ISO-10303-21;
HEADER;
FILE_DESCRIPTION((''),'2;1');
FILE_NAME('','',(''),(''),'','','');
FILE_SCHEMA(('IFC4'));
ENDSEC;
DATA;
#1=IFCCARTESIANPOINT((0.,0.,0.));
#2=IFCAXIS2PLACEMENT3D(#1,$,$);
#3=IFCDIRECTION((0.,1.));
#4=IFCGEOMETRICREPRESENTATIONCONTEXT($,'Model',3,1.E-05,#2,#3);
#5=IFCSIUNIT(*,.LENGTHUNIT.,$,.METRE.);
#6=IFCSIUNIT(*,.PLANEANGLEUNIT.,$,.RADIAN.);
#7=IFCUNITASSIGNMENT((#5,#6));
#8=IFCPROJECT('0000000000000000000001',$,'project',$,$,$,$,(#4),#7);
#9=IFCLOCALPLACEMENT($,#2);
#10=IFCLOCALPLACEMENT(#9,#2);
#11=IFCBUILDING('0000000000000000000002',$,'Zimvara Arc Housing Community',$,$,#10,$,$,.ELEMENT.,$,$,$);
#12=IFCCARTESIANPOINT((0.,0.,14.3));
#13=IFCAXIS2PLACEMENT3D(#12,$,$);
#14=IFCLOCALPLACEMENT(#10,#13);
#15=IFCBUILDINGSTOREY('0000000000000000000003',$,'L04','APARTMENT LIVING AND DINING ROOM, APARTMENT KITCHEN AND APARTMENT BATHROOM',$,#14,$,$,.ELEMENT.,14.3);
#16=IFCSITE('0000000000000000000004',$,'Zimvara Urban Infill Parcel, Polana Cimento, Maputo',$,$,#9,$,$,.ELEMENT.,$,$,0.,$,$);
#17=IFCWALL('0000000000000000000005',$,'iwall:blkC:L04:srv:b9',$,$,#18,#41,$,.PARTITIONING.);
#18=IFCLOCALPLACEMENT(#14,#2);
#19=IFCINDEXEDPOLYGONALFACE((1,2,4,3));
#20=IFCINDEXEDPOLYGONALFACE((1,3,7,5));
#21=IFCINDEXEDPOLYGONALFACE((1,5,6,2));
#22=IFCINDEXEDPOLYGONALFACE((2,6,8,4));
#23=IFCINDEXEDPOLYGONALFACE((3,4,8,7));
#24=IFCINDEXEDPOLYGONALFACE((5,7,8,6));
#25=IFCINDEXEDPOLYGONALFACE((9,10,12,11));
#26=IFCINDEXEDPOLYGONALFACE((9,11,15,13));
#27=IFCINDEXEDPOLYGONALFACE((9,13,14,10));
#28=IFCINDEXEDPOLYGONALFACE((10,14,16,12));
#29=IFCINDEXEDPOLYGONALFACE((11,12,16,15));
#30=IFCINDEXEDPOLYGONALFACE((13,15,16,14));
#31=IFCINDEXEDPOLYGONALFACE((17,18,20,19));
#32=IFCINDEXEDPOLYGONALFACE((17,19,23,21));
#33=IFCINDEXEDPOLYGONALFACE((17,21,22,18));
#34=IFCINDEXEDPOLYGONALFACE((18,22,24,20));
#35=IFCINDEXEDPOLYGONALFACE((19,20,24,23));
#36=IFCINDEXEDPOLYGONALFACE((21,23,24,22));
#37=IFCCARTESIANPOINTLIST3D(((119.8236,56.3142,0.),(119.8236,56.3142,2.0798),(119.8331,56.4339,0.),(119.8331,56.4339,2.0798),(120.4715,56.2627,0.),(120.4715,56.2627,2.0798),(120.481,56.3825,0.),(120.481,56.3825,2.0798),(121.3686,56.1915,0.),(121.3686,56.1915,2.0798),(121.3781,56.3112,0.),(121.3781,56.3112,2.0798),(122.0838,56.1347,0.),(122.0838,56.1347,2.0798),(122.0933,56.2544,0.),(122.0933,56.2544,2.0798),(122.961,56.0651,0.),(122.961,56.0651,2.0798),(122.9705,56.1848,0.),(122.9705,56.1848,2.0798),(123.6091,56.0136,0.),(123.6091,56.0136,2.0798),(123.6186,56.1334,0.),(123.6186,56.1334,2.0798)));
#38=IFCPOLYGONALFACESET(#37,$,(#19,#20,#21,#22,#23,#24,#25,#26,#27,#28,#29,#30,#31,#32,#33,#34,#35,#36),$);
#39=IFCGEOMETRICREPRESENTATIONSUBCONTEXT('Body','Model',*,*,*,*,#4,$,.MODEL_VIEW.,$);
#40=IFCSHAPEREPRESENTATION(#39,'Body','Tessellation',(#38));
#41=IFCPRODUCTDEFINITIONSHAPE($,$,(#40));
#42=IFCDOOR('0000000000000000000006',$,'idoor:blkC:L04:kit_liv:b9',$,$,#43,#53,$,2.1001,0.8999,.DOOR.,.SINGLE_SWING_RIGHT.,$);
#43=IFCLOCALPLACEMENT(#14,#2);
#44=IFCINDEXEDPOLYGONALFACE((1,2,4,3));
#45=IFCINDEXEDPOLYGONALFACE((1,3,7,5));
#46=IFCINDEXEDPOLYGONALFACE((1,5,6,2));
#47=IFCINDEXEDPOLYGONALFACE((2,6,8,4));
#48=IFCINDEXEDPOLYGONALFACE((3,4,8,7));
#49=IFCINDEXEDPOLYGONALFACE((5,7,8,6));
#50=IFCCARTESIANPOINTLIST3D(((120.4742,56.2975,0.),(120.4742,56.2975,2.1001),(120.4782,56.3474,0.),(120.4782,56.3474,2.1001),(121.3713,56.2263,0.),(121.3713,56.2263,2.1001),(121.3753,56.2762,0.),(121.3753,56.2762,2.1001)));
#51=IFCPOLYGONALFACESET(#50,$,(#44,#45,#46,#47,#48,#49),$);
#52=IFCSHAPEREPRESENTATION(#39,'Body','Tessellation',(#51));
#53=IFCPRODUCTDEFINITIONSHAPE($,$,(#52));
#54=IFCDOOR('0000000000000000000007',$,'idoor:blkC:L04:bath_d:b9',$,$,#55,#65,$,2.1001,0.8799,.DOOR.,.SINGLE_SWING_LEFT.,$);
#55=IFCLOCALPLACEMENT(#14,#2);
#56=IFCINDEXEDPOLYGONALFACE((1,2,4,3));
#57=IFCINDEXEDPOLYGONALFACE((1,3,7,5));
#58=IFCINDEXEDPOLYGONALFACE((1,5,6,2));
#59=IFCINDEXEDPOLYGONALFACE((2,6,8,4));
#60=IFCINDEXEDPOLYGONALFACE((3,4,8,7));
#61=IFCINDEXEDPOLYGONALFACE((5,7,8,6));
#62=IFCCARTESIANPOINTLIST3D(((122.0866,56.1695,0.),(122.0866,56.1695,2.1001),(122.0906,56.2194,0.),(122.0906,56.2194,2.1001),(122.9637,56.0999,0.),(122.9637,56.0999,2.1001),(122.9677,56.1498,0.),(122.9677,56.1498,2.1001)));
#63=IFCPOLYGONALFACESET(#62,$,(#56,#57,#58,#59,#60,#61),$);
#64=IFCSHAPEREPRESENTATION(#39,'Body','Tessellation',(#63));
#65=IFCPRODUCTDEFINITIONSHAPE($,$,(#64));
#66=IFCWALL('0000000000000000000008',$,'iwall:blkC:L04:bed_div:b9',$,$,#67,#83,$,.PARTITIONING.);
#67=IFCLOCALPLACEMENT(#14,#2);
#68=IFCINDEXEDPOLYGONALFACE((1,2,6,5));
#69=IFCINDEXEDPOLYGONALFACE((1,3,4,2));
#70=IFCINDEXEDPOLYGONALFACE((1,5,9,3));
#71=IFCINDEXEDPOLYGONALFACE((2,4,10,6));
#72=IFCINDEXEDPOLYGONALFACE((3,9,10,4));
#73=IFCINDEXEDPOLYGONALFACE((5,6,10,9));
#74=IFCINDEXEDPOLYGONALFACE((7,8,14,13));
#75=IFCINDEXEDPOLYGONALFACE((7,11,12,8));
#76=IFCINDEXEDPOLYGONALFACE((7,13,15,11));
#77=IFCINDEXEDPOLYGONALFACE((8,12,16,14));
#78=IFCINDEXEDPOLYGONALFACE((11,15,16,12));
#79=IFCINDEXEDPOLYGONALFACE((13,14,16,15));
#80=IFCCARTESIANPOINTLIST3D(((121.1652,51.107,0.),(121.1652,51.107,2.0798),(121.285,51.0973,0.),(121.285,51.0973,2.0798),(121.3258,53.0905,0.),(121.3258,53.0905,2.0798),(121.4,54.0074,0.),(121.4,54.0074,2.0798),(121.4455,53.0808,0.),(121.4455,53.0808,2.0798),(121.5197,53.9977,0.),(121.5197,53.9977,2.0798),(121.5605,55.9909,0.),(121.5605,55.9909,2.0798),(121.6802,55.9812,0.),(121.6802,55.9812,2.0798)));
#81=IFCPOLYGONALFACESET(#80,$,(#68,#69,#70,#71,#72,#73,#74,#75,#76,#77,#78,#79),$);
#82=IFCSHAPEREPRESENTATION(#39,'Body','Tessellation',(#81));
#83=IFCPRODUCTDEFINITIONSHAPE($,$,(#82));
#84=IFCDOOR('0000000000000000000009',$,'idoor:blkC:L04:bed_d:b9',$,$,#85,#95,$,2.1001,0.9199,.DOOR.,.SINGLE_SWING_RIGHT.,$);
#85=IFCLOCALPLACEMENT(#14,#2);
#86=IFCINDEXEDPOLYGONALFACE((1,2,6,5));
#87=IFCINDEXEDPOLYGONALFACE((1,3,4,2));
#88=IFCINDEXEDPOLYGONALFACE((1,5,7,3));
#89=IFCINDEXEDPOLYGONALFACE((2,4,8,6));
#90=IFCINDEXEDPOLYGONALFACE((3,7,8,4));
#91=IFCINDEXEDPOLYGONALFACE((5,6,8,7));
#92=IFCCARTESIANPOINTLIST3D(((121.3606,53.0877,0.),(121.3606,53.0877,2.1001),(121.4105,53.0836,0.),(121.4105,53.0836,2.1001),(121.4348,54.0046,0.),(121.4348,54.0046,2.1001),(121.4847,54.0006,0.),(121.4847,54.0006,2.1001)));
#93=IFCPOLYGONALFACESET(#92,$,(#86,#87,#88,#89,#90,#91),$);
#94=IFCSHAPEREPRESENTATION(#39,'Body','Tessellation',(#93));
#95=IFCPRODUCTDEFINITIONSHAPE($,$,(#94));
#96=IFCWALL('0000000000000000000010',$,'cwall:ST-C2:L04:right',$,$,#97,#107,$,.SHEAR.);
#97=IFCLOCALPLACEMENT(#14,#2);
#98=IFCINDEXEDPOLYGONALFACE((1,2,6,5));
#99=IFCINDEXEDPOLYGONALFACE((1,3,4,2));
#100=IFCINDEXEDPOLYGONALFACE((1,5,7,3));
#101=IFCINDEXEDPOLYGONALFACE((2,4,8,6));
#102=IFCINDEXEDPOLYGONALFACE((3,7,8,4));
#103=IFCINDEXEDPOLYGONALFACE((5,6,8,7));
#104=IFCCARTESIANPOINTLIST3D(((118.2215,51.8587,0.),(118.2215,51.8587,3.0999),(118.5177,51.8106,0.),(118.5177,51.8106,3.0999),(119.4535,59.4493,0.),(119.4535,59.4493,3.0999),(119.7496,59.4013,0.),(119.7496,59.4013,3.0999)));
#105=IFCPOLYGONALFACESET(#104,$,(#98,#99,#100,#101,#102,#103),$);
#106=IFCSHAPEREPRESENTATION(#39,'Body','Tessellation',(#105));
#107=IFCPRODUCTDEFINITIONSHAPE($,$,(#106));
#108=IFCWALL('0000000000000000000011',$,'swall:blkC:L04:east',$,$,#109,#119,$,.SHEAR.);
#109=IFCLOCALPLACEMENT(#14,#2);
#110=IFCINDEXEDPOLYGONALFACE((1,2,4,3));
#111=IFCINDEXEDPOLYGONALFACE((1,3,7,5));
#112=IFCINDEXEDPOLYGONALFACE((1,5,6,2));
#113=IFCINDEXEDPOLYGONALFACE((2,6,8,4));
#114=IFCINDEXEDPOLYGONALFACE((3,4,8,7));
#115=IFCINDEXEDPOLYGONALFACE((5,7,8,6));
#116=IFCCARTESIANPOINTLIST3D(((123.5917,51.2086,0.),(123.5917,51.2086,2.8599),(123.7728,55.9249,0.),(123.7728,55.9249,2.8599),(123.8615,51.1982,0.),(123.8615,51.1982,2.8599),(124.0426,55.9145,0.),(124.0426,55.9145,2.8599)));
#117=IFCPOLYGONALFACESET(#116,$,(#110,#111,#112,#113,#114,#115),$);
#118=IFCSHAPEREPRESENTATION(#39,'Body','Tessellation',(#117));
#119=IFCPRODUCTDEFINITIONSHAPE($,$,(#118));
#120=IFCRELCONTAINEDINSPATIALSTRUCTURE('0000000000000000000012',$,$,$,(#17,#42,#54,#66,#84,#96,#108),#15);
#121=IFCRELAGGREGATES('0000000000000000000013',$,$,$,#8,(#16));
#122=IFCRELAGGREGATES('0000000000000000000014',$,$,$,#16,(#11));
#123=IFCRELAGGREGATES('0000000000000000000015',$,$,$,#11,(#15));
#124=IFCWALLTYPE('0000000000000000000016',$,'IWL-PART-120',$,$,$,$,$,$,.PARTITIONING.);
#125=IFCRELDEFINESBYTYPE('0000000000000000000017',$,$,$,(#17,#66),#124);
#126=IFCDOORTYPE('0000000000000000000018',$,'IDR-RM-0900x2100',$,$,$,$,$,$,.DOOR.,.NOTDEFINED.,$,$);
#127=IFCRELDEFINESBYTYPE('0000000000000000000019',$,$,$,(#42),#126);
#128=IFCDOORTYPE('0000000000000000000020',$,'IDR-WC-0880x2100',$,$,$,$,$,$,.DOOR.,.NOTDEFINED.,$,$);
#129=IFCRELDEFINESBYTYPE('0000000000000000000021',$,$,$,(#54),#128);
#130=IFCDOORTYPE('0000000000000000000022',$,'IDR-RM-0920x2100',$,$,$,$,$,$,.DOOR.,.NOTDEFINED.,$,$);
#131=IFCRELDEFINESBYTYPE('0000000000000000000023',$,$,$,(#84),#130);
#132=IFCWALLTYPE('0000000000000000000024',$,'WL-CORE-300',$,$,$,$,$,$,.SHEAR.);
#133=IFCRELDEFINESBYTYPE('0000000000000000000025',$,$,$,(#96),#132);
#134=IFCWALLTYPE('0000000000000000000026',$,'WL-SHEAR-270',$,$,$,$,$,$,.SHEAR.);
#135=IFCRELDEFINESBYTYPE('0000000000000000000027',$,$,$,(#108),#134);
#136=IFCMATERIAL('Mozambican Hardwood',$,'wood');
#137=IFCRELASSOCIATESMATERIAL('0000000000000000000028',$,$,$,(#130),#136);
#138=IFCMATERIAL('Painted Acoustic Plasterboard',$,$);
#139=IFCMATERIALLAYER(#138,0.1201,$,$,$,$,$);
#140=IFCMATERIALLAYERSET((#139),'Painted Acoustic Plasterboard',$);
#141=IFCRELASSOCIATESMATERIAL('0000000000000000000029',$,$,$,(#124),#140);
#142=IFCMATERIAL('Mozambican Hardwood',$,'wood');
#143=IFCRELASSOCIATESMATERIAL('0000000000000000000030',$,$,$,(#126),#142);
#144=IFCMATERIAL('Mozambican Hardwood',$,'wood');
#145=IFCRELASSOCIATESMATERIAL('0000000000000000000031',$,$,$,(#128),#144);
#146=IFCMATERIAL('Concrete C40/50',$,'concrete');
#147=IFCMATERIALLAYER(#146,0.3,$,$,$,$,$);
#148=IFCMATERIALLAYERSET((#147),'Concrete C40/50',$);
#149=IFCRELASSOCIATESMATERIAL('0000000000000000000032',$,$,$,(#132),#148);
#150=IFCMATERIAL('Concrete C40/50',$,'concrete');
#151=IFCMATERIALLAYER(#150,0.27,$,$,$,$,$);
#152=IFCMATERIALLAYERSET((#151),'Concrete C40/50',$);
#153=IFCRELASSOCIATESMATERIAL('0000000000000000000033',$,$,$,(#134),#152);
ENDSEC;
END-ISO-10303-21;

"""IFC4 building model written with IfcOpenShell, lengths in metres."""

from ifc_helpers import new_model, si_unit, direction, frame, frame_2d, origin, place, context, subcontext, project, spatial, rectangle, extrude, material, layer, layer_set, type_object, element, fill, save


model = new_model("IFC4")

# Units and contexts
model_context = context("Model", 3, precision=1e-05, world=origin(), true_north=direction((0.0, 1.0)))
body_context = subcontext(model_context, "Body", "Model", "MODEL_VIEW")
ifc_project = project(units=[si_unit("LENGTHUNIT", "METRE"), si_unit("PLANEANGLEUNIT", "RADIAN")], contexts=[model_context])

# Site, building, storey
site_placement = place(None, origin())
site = spatial("IfcSite", under=ifc_project, at=site_placement, Name="Zimvara Urban Infill Parcel, Polana Cimento, Maputo", CompositionType="ELEMENT", RefElevation=0.0)
building_placement = place(site_placement, origin())
building = spatial("IfcBuilding", under=site, at=building_placement, Name="Zimvara Arc Housing Community", CompositionType="ELEMENT")
storey_placement = place(building_placement, frame((0.0, 0.0, 14.3)))
storey = spatial("IfcBuildingStorey", under=building, at=storey_placement, Name="L04", Description="APARTMENT LIVING AND DINING ROOM, APARTMENT KITCHEN AND APARTMENT BATHROOM", CompositionType="ELEMENT", Elevation=14.3)

# Shared definitions
ifc_material_1 = material(Name="Mozambican Hardwood", Category="wood")
door_type_1 = type_object("IfcDoorType", Name="IDR-RM-0920x2100", OperationType="NOTDEFINED", PredefinedType="DOOR", material=ifc_material_1)

# Wall, openings, doors
ifc_material_2 = material(Name="Painted Acoustic Plasterboard")
ifc_layer_1 = layer(ifc_material_2, 0.1201)
ifc_layer_set_1 = layer_set([ifc_layer_1], Name="Painted Acoustic Plasterboard")
wall_type_1 = type_object("IfcWallType", Name="IWL-PART-120", PredefinedType="PARTITIONING", material=ifc_layer_set_1)
wall_1_placement = place(storey_placement, frame((119.8284, 56.374, 0.0), z_axis=(0.0, 0.0, 1.0), x_axis=(0.996863, -0.079145, 0.0)))
wall_1 = element("IfcWall", 1, at=wall_1_placement, inside=storey, type_object=wall_type_1, Name="iwall:blkC:L04:srv:b9", PredefinedType="PARTITIONING", context=body_context, shape_type="SweptSolid", body=[
    extrude(rectangle(XDim=3.7974, YDim=0.1201, at=frame_2d((1.8987, 0.0))), origin(), (0.0, 0.0, 1.0), 2.0798),
])
opening_1_placement = place(wall_1_placement, frame((0.6499, 0.0, 0.0)))
opening_1 = element("IfcOpeningElement", 2, at=opening_1_placement, cuts=wall_1, PredefinedType="OPENING", context=body_context, shape_type="SweptSolid", body=[
    extrude(rectangle(XDim=0.8999, YDim=2.1001, at=frame_2d((0.45, 1.05))), frame((0.0, 0.0701, 0.0), z_axis=(0.0, -1.0, 0.0), x_axis=(1.0, 0.0, 0.0)), (0.0, 0.0, 1.0), 0.1401),
])
opening_2_placement = place(wall_1_placement, frame((2.2673, 0.0, 0.0)))
opening_2 = element("IfcOpeningElement", 3, at=opening_2_placement, cuts=wall_1, PredefinedType="OPENING", context=body_context, shape_type="SweptSolid", body=[
    extrude(rectangle(XDim=0.8799, YDim=2.1001, at=frame_2d((0.4399, 1.05))), frame((0.0, 0.0701, 0.0), z_axis=(0.0, -1.0, 0.0), x_axis=(1.0, 0.0, 0.0)), (0.0, 0.0, 1.0), 0.1401),
])
ifc_material_3 = material(Name="Mozambican Hardwood", Category="wood")
door_type_2 = type_object("IfcDoorType", Name="IDR-RM-0900x2100", OperationType="NOTDEFINED", PredefinedType="DOOR", material=ifc_material_3)
door_1_placement = place(opening_1_placement, origin())
door_1 = element("IfcDoor", 4, at=door_1_placement, inside=storey, type_object=door_type_2, Name="idoor:blkC:L04:kit_liv:b9", OperationType="SINGLE_SWING_RIGHT", OverallHeight=2.1001, OverallWidth=0.8999, PredefinedType="DOOR", context=body_context, shape_type="SweptSolid", body=[
    extrude(rectangle(XDim=0.8999, YDim=2.1001, at=frame_2d((0.45, 1.05))), frame((0.0, 0.0249, 0.0), z_axis=(0.0, -1.0, 0.0), x_axis=(1.0, 0.0, 0.0)), (0.0, 0.0, 1.0), 0.05),
])
fill(opening_1, door_1)
ifc_material_4 = material(Name="Mozambican Hardwood", Category="wood")
door_type_3 = type_object("IfcDoorType", Name="IDR-WC-0880x2100", OperationType="NOTDEFINED", PredefinedType="DOOR", material=ifc_material_4)
door_2_placement = place(opening_2_placement, origin())
door_2 = element("IfcDoor", 5, at=door_2_placement, inside=storey, type_object=door_type_3, Name="idoor:blkC:L04:bath_d:b9", OperationType="SINGLE_SWING_LEFT", OverallHeight=2.1001, OverallWidth=0.8799, PredefinedType="DOOR", context=body_context, shape_type="SweptSolid", body=[
    extrude(rectangle(XDim=0.8799, YDim=2.1001, at=frame_2d((0.4399, 1.05))), frame((0.0, 0.0249, 0.0), z_axis=(0.0, -1.0, 0.0), x_axis=(1.0, 0.0, 0.0)), (0.0, 0.0, 1.0), 0.05),
])
fill(opening_2, door_2)

# Wall, opening, door
wall_2_placement = place(storey_placement, frame((121.6204, 55.9861, 0.0), z_axis=(0.0, 0.0, 1.0), x_axis=(-0.080666, -0.996741, 0.0)))
wall_2 = element("IfcWall", 6, at=wall_2_placement, inside=storey, type_object=wall_type_1, Name="iwall:blkC:L04:bed_div:b9", PredefinedType="PARTITIONING", context=body_context, shape_type="SweptSolid", body=[
    extrude(rectangle(XDim=4.8999, YDim=0.1201, at=frame_2d((2.45, 0.0))), origin(), (0.0, 0.0, 1.0), 2.0798),
])
opening_3_placement = place(wall_2_placement, frame((1.99, 0.0, 0.0)))
opening_3 = element("IfcOpeningElement", 7, at=opening_3_placement, cuts=wall_2, PredefinedType="OPENING", context=body_context, shape_type="SweptSolid", body=[
    extrude(rectangle(XDim=0.9199, YDim=2.1001, at=frame_2d((0.46, 1.05))), frame((0.0, 0.0701, 0.0), z_axis=(0.0, -1.0, 0.0), x_axis=(1.0, 0.0, 0.0)), (0.0, 0.0, 1.0), 0.1401),
])
door_3_placement = place(opening_3_placement, origin())
door_3 = element("IfcDoor", 8, at=door_3_placement, inside=storey, type_object=door_type_1, Name="idoor:blkC:L04:bed_d:b9", OperationType="SINGLE_SWING_RIGHT", OverallHeight=2.1001, OverallWidth=0.9199, PredefinedType="DOOR", context=body_context, shape_type="SweptSolid", body=[
    extrude(rectangle(XDim=0.9199, YDim=2.1001, at=frame_2d((0.46, 1.05))), frame((0.0, 0.0249, 0.0), z_axis=(0.0, -1.0, 0.0), x_axis=(1.0, 0.0, 0.0)), (0.0, 0.0, 1.0), 0.05),
])
fill(opening_3, door_3)

# Walls
ifc_material_5 = material(Name="Concrete C40/50", Category="concrete")
ifc_layer_2 = layer(ifc_material_5, 0.3)
ifc_layer_set_2 = layer_set([ifc_layer_2], Name="Concrete C40/50")
wall_type_2 = type_object("IfcWallType", Name="WL-CORE-300", PredefinedType="SHEAR", material=ifc_layer_set_2)
wall_3_placement = place(storey_placement, frame((119.6016, 59.4253, 0.0), z_axis=(0.0, 0.0, 1.0), x_axis=(-0.160202, -0.987084, 0.0)))
element("IfcWall", 9, at=wall_3_placement, inside=storey, type_object=wall_type_2, Name="cwall:ST-C2:L04:right", PredefinedType="SHEAR", context=body_context, shape_type="SweptSolid", body=[
    extrude(rectangle(XDim=7.6899, YDim=0.3, at=frame_2d((3.845, 0.0))), origin(), (0.0, 0.0, 1.0), 3.0999),
])
ifc_material_6 = material(Name="Concrete C40/50", Category="concrete")
ifc_layer_3 = layer(ifc_material_6, 0.27)
ifc_layer_set_3 = layer_set([ifc_layer_3], Name="Concrete C40/50")
wall_type_3 = type_object("IfcWallType", Name="WL-SHEAR-270", PredefinedType="SHEAR", material=ifc_layer_set_3)
wall_4_placement = place(storey_placement, frame((123.9077, 55.9197, 0.0), z_axis=(0.0, 0.0, 1.0), x_axis=(-0.038381, -0.999263, 0.0)))
element("IfcWall", 10, at=wall_4_placement, inside=storey, type_object=wall_type_3, Name="swall:blkC:L04:east", PredefinedType="SHEAR", context=body_context, shape_type="SweptSolid", body=[
    extrude(rectangle(XDim=4.7197, YDim=0.27, at=frame_2d((2.3599, 0.0))), origin(), (0.0, 0.0, 1.0), 2.8599),
])

save(model, "model.ifc")
